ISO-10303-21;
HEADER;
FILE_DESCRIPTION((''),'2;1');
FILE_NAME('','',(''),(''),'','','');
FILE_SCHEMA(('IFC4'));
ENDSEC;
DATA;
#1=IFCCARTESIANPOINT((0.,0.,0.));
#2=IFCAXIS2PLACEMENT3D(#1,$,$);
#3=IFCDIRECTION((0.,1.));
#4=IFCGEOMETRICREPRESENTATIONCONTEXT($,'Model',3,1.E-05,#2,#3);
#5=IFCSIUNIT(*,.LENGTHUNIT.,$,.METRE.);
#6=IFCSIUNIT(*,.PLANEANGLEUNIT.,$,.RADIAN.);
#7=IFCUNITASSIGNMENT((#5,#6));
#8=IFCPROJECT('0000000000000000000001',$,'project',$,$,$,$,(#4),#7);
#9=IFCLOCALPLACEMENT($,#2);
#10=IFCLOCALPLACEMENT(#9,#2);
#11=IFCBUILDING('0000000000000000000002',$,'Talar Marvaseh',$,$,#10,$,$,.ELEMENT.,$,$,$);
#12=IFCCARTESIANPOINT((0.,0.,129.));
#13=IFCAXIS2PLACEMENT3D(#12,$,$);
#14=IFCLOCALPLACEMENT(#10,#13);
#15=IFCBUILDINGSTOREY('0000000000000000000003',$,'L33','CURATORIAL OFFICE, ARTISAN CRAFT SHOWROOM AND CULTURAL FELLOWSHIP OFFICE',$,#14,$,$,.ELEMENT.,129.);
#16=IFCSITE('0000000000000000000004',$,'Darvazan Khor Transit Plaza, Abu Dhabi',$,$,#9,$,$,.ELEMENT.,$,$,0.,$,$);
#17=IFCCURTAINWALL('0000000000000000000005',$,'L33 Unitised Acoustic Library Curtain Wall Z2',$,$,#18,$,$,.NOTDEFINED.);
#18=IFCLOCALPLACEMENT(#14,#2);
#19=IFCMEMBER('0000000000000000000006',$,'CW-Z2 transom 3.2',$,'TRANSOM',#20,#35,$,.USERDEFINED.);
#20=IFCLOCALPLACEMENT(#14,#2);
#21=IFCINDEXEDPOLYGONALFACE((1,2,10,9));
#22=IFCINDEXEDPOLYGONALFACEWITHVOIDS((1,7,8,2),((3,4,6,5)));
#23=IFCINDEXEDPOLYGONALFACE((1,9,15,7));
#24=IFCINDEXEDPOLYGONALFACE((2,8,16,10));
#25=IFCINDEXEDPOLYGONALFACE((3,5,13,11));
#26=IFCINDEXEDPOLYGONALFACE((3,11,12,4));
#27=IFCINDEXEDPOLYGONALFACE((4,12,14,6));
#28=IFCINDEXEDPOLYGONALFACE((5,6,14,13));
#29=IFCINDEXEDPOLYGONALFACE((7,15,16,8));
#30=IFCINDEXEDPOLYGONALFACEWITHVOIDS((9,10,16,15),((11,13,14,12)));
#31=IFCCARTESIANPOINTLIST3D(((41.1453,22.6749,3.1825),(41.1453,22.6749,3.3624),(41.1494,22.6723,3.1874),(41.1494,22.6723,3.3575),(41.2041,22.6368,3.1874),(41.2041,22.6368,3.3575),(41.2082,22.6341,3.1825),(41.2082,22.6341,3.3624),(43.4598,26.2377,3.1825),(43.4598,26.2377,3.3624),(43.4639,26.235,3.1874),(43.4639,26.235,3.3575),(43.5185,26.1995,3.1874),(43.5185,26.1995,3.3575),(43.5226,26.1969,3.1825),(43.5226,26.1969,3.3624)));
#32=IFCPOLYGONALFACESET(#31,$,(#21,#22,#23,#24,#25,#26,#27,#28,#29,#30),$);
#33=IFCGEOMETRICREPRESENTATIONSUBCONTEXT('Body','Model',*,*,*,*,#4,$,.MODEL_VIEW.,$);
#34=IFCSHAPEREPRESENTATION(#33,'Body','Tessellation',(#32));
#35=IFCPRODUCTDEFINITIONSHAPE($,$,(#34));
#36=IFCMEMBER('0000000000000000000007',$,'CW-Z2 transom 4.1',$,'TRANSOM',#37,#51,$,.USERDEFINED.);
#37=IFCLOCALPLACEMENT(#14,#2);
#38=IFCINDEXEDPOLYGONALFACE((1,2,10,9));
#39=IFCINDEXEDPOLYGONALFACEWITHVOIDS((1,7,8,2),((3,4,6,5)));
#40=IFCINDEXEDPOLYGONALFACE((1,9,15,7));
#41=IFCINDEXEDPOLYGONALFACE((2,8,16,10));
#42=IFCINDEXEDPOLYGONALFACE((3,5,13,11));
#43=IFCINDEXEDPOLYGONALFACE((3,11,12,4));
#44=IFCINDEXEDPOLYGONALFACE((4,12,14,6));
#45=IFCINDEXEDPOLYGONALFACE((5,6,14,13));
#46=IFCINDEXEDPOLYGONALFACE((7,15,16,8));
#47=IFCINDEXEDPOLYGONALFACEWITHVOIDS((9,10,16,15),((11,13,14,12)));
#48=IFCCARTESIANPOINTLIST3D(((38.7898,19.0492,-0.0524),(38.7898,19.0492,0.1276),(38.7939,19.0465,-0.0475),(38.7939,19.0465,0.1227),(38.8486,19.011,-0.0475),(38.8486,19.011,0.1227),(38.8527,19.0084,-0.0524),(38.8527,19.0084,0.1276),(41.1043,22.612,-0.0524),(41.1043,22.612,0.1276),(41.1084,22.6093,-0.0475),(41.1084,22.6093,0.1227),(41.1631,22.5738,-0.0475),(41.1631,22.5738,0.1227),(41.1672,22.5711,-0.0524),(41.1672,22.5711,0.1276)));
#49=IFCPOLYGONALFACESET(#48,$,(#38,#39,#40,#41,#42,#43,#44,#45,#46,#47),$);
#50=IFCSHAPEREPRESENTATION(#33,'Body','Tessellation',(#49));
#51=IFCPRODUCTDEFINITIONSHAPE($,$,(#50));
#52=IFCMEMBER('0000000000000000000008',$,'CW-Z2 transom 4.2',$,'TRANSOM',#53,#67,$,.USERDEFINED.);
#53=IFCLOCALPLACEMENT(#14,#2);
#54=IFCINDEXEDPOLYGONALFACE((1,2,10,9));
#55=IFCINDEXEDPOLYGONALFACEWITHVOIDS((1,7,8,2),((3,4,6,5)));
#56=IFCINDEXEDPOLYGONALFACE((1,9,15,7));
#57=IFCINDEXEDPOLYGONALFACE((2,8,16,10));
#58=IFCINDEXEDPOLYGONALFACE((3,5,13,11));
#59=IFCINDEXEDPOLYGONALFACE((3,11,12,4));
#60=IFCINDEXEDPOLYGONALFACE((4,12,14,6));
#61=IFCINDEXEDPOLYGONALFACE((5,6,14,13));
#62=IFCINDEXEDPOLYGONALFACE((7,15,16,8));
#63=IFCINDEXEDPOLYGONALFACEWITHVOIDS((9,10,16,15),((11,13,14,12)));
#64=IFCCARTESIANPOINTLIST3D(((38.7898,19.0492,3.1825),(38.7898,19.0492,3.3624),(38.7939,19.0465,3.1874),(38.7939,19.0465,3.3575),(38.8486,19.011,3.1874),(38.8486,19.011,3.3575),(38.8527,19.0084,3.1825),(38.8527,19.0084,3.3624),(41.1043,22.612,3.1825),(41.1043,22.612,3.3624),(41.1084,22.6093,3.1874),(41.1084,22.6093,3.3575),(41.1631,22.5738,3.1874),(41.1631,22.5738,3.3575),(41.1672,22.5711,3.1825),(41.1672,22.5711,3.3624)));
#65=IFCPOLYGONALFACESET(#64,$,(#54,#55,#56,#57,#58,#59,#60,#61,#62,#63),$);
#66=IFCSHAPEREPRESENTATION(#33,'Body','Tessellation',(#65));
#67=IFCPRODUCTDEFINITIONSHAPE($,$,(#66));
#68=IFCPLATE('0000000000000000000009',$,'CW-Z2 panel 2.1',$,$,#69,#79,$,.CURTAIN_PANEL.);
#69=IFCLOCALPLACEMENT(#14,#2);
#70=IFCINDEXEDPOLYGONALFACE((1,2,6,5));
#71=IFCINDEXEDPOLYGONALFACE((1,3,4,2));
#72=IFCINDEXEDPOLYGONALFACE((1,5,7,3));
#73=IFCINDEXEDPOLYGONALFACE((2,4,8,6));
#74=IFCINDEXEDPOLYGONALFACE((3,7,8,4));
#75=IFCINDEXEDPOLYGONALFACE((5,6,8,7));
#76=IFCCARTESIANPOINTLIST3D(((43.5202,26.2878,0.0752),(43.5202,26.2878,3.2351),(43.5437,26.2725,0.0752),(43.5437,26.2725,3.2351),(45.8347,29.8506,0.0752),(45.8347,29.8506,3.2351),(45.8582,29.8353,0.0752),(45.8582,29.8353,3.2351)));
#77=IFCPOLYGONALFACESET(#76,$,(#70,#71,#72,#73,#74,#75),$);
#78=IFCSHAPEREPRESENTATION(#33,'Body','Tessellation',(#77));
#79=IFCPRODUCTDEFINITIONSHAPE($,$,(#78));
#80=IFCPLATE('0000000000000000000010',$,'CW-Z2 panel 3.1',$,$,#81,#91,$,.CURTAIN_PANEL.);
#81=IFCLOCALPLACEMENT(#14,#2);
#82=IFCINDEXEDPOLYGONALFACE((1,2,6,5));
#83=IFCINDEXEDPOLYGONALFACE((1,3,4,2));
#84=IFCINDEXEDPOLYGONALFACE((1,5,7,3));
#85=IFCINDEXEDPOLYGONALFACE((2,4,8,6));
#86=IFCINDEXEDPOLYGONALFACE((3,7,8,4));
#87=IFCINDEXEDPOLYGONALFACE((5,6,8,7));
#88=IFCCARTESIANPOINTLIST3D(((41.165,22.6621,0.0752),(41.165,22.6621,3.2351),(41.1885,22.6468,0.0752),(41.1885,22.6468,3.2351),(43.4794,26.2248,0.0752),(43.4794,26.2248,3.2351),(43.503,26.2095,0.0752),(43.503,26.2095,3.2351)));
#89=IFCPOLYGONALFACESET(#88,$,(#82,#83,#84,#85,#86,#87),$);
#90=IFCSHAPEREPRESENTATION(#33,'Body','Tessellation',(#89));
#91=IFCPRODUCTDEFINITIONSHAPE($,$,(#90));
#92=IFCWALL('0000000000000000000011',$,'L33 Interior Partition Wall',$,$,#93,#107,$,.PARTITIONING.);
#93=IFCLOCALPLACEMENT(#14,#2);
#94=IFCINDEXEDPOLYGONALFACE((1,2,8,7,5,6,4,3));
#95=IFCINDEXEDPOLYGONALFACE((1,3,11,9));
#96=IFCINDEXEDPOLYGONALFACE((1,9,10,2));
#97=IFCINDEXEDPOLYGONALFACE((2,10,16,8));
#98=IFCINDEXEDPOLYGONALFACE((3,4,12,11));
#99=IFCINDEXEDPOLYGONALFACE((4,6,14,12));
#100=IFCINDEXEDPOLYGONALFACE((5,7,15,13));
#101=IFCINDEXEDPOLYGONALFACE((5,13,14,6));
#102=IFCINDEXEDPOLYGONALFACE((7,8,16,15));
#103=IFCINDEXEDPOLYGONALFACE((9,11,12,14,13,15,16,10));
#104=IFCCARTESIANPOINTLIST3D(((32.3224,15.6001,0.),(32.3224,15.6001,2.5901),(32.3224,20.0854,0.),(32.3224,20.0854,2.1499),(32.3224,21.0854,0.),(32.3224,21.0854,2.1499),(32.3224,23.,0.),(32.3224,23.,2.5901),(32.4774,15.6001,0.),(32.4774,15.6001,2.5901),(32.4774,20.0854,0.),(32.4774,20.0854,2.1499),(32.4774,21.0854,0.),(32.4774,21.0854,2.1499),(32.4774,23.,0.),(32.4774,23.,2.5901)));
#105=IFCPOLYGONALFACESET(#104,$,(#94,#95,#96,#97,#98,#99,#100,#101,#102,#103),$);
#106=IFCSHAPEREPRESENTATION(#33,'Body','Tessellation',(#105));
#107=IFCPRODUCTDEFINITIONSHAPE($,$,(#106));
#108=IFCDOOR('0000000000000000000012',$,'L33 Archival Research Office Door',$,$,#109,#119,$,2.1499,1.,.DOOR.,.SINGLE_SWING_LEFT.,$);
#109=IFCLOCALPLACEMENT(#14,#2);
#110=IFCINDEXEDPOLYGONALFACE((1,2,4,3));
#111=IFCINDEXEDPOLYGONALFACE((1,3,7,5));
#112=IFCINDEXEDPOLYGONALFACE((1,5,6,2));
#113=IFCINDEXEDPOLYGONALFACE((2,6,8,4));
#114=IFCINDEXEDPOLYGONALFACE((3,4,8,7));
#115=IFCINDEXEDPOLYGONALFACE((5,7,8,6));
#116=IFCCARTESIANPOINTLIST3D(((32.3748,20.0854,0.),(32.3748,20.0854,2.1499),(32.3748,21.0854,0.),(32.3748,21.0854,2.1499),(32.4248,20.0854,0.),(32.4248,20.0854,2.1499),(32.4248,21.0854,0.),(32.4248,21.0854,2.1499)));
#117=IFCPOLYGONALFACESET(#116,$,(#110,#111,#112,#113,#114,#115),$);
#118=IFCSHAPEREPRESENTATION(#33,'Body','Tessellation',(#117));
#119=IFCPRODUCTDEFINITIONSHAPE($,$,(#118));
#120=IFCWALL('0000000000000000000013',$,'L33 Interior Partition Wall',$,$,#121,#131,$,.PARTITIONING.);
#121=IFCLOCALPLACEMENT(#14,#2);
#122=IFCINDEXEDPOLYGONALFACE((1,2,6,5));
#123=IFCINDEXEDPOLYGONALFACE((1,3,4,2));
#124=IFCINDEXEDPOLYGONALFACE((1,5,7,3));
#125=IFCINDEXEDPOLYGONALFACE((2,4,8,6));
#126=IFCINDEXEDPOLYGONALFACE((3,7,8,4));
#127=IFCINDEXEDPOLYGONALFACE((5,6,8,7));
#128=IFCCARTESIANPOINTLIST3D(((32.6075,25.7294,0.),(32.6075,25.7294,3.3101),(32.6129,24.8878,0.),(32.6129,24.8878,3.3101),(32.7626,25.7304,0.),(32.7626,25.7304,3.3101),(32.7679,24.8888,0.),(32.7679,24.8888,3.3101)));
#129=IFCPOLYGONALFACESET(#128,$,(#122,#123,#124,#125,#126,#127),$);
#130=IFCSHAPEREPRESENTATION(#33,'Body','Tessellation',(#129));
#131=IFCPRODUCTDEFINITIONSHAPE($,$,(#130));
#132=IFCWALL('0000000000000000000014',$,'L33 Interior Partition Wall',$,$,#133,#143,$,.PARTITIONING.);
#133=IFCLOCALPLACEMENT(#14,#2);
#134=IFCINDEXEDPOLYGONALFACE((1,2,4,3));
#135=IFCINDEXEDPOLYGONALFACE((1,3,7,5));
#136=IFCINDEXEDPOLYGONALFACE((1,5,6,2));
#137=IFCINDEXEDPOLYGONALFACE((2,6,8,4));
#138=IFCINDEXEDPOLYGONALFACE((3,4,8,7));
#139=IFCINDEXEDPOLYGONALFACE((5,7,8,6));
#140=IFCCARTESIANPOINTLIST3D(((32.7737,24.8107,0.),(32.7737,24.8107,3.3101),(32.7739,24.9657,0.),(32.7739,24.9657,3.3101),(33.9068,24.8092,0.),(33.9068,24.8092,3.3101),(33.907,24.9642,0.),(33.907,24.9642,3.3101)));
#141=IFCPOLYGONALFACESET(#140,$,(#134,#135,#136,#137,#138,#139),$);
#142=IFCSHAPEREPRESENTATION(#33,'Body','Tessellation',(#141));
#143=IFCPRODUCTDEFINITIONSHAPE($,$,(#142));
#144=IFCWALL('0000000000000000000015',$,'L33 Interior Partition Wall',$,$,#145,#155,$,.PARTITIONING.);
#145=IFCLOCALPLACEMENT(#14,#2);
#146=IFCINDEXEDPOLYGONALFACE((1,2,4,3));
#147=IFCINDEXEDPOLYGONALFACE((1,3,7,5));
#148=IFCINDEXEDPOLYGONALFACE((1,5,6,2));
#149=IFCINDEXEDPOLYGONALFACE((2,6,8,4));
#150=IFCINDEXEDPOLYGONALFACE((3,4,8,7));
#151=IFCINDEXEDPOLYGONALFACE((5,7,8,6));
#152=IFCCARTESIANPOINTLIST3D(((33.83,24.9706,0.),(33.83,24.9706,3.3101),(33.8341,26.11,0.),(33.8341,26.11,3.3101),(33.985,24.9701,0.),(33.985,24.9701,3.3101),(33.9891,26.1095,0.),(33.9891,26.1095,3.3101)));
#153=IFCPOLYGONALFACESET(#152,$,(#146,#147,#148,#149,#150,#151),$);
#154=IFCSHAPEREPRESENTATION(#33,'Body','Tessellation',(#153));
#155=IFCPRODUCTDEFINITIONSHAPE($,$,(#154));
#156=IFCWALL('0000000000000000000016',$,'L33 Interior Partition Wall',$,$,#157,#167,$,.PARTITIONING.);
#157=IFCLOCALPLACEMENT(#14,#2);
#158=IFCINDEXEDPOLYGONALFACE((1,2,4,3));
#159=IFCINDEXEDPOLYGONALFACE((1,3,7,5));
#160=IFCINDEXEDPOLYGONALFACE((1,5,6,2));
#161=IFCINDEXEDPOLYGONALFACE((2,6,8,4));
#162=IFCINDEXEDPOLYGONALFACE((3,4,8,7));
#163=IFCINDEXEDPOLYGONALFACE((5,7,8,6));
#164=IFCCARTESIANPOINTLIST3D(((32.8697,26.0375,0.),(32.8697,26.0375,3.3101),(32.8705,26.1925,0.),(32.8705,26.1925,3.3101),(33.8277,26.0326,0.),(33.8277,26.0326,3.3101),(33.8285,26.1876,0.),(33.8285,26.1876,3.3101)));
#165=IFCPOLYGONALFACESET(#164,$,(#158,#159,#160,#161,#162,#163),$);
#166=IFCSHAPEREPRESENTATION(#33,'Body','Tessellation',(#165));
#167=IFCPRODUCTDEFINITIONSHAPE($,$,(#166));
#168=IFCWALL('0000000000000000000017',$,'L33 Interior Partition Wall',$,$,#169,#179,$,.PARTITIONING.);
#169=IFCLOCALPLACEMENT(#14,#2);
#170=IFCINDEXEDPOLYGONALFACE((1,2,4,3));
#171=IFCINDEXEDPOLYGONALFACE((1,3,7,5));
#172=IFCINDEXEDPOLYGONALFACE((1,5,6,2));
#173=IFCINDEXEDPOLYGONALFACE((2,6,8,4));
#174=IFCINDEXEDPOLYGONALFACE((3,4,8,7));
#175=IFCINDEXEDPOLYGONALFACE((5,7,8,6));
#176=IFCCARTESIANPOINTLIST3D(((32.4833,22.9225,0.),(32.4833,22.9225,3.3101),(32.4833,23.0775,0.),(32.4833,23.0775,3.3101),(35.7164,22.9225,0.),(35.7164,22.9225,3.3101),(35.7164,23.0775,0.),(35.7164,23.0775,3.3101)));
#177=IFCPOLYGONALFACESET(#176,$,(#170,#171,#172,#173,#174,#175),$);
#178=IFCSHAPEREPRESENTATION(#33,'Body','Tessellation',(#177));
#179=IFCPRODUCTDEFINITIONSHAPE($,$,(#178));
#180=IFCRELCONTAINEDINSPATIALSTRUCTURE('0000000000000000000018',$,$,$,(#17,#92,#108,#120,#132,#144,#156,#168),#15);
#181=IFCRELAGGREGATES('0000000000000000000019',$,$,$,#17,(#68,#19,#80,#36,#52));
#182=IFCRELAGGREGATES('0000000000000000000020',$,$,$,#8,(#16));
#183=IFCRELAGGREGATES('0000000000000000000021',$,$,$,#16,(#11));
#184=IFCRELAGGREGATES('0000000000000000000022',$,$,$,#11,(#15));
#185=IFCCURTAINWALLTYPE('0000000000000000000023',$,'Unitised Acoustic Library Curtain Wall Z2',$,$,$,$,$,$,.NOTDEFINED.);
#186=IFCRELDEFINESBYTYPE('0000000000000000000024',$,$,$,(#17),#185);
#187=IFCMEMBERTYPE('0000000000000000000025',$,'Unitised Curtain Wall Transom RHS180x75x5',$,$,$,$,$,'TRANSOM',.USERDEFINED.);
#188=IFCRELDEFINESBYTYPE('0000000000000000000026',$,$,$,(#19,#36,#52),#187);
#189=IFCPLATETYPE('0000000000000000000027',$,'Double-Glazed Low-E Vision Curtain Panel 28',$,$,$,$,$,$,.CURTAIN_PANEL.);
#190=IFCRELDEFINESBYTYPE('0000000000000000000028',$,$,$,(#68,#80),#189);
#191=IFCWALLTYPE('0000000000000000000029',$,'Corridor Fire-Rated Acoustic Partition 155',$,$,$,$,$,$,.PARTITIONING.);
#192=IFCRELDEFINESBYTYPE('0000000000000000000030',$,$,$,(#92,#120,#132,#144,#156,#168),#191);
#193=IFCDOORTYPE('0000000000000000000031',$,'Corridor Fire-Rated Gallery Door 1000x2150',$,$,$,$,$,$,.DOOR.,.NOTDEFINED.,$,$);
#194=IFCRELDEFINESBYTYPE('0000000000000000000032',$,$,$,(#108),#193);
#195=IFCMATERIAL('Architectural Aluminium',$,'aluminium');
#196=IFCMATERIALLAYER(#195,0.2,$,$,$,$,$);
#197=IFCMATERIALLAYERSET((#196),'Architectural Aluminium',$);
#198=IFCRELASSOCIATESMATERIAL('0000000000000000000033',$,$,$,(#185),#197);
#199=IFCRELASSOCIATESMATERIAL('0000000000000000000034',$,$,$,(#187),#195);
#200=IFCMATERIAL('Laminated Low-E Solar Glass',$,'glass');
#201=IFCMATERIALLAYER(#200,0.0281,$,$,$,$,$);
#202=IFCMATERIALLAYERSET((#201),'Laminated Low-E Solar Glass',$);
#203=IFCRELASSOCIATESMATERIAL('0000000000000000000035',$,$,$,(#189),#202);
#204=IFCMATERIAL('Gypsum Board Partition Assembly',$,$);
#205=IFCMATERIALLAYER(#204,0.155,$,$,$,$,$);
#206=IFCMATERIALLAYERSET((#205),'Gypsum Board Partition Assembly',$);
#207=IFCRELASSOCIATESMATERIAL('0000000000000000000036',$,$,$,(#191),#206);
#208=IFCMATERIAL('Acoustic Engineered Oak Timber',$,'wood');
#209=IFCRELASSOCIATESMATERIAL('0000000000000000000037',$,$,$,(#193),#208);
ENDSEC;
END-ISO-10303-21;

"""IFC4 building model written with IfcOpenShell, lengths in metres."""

from ifc_helpers import new_model, si_unit, direction, frame, frame_2d, origin, origin_2d, place, context, subcontext, project, spatial, rectangle, hollow_rectangle, extrude, source, transform, mapped, material, layer, layer_set, material_profile, profile_set, type_object, type_shapes, element, fill, aggregate, save


model = new_model("IFC4")

# Units and contexts
model_context = context("Model", 3, precision=1e-05, world=origin(), true_north=direction((0.0, 1.0)))
body_context = subcontext(model_context, "Body", "Model", "MODEL_VIEW")
ifc_project = project(units=[si_unit("LENGTHUNIT", "METRE"), si_unit("PLANEANGLEUNIT", "RADIAN")], contexts=[model_context])

# Site, building, storey
site_placement = place(None, origin())
site = spatial("IfcSite", under=ifc_project, at=site_placement, Name="Darvazan Khor Transit Plaza, Abu Dhabi", CompositionType="ELEMENT", RefElevation=0.0)
building_placement = place(site_placement, origin())
building = spatial("IfcBuilding", under=site, at=building_placement, Name="Talar Marvaseh", CompositionType="ELEMENT")
storey_placement = place(building_placement, frame((0.0, 0.0, 129.0)))
storey = spatial("IfcBuildingStorey", under=building, at=storey_placement, Name="L33", Description="CURATORIAL OFFICE, ARTISAN CRAFT SHOWROOM AND CULTURAL FELLOWSHIP OFFICE", CompositionType="ELEMENT", Elevation=129.0)

# Curtain wall, members, plates
ifc_material_1 = material(Name="Architectural Aluminium", Category="aluminium")
ifc_layer_1 = layer(ifc_material_1, 0.2)
ifc_layer_set_1 = layer_set([ifc_layer_1], Name="Architectural Aluminium")
curtain_wall_type = type_object("IfcCurtainWallType", Name="Unitised Acoustic Library Curtain Wall Z2", PredefinedType="NOTDEFINED", material=ifc_layer_set_1)
curtain_wall_placement = place(storey_placement, origin())
curtain_wall = element("IfcCurtainWall", 1, at=curtain_wall_placement, inside=storey, type_object=curtain_wall_type, Name="L33 Unitised Acoustic Library Curtain Wall Z2", PredefinedType="NOTDEFINED")
ifc_material_profile_1 = material_profile(ifc_material_1, hollow_rectangle(XDim=0.075, YDim=0.1799, WallThickness=0.0049, at=origin_2d()), Name="RHS180x75x5")
ifc_profile_set_1 = profile_set([ifc_material_profile_1], Name="Architectural Aluminium")
member_type_1 = type_object("IfcMemberType", Name="Unitised Curtain Wall Transom RHS180x75x5", ElementType="TRANSOM", PredefinedType="USERDEFINED", material=ifc_profile_set_1)
shared_shape_1 = source(origin(), body_context, "Body", "SweptSolid", [
    extrude(hollow_rectangle(XDim=0.075, YDim=0.1799, WallThickness=0.0049, at=origin_2d()), origin(), (0.0, 0.0, 1.0), 4.2485),
])
type_shapes(member_type_1, [shared_shape_1])
member_1_placement = place(storey_placement, frame((43.4912, 26.2173, 3.2725), z_axis=(-0.544768, -0.838587, 0.0), x_axis=(0.838587, -0.544768, 0.0)))
member_1 = element("IfcMember", 2, at=member_1_placement, type_object=member_type_1, Name="CW-Z2 transom 3.2", ObjectType="TRANSOM", PredefinedType="USERDEFINED", context=body_context, shape_type="MappedRepresentation", body=[
    mapped(shared_shape_1, transform((0.0, 0.0, 0.0), x_axis=(1.0, 0.0, 0.0), y_axis=(0.0, 1.0, 0.0), z_axis=(0.0, 0.0, 1.0), scale=1.0)),
])
member_2_placement = place(storey_placement, frame((41.1357, 22.5916, 0.0376), z_axis=(-0.544768, -0.838587, 0.0), x_axis=(0.838587, -0.544768, 0.0)))
member_2 = element("IfcMember", 3, at=member_2_placement, type_object=member_type_1, Name="CW-Z2 transom 4.1", ObjectType="TRANSOM", PredefinedType="USERDEFINED", context=body_context, shape_type="MappedRepresentation", body=[
    mapped(shared_shape_1, transform((0.0, 0.0, 0.0), x_axis=(1.0, 0.0, 0.0), y_axis=(0.0, 1.0, 0.0), z_axis=(0.0, 0.0, 1.0), scale=1.0)),
])
member_3_placement = place(storey_placement, frame((41.1357, 22.5916, 3.2725), z_axis=(-0.544768, -0.838587, 0.0), x_axis=(0.838587, -0.544768, 0.0)))
member_3 = element("IfcMember", 4, at=member_3_placement, type_object=member_type_1, Name="CW-Z2 transom 4.2", ObjectType="TRANSOM", PredefinedType="USERDEFINED", context=body_context, shape_type="MappedRepresentation", body=[
    mapped(shared_shape_1, transform((0.0, 0.0, 0.0), x_axis=(1.0, 0.0, 0.0), y_axis=(0.0, 1.0, 0.0), z_axis=(0.0, 0.0, 1.0), scale=1.0)),
])
ifc_material_2 = material(Name="Laminated Low-E Solar Glass", Category="glass")
ifc_layer_2 = layer(ifc_material_2, 0.0281)
ifc_layer_set_2 = layer_set([ifc_layer_2], Name="Laminated Low-E Solar Glass")
plate_type = type_object("IfcPlateType", Name="Double-Glazed Low-E Vision Curtain Panel 28", PredefinedType="CURTAIN_PANEL", material=ifc_layer_set_2)
shared_shape_2 = source(origin(), body_context, "Body", "SweptSolid", [
    extrude(rectangle(XDim=4.2485, YDim=0.0281, at=origin_2d()), origin(), (0.0, 0.0, 1.0), 3.1599),
])
type_shapes(plate_type, [shared_shape_2])
plate_1_placement = place(storey_placement, frame((44.6892, 28.0615, 0.0752), z_axis=(0.0, 0.0, 1.0), x_axis=(-0.544769, -0.838586, 0.0)))
plate_1 = element("IfcPlate", 5, at=plate_1_placement, type_object=plate_type, Name="CW-Z2 panel 2.1", PredefinedType="CURTAIN_PANEL", context=body_context, shape_type="MappedRepresentation", body=[
    mapped(shared_shape_2, transform((0.0, 0.0, 0.0), x_axis=(1.0, 0.0, 0.0), y_axis=(0.0, 1.0, 0.0), z_axis=(0.0, 0.0, 1.0), scale=1.0)),
])
plate_2_placement = place(storey_placement, frame((42.334, 24.4358, 0.0752), z_axis=(0.0, 0.0, 1.0), x_axis=(-0.544769, -0.838586, 0.0)))
plate_2 = element("IfcPlate", 6, at=plate_2_placement, type_object=plate_type, Name="CW-Z2 panel 3.1", PredefinedType="CURTAIN_PANEL", context=body_context, shape_type="MappedRepresentation", body=[
    mapped(shared_shape_2, transform((0.0, 0.0, 0.0), x_axis=(1.0, 0.0, 0.0), y_axis=(0.0, 1.0, 0.0), z_axis=(0.0, 0.0, 1.0), scale=1.0)),
])
aggregate(curtain_wall, [plate_1, member_1, plate_2, member_2, member_3])

# Wall, opening, door
ifc_material_3 = material(Name="Gypsum Board Partition Assembly")
ifc_layer_3 = layer(ifc_material_3, 0.155)
ifc_layer_set_3 = layer_set([ifc_layer_3], Name="Gypsum Board Partition Assembly")
wall_type_1 = type_object("IfcWallType", Name="Corridor Fire-Rated Acoustic Partition 155", PredefinedType="PARTITIONING", material=ifc_layer_set_3)
wall_1_placement = place(storey_placement, frame((32.3999, 23.0, 0.0), z_axis=(0.0, 0.0, 1.0), x_axis=(0.0, -1.0, 0.0)))
wall_1 = element("IfcWall", 7, at=wall_1_placement, inside=storey, type_object=wall_type_1, Name="L33 Interior Partition Wall", PredefinedType="PARTITIONING", context=body_context, shape_type="SweptSolid", body=[
    extrude(rectangle(XDim=7.3999, YDim=0.155, at=frame_2d((3.7, 0.0))), origin(), (0.0, 0.0, 1.0), 2.5901),
])
opening_1_placement = place(wall_1_placement, frame((1.9146, 0.0, 0.0)))
opening_1 = element("IfcOpeningElement", 8, at=opening_1_placement, cuts=wall_1, PredefinedType="OPENING", context=body_context, shape_type="SweptSolid", body=[
    extrude(rectangle(XDim=1.0, YDim=2.1499, at=frame_2d((0.5, 1.075))), frame((0.0, 0.0874, 0.0), z_axis=(0.0, -1.0, 0.0), x_axis=(1.0, 0.0, 0.0)), (0.0, 0.0, 1.0), 0.175),
])
ifc_material_4 = material(Name="Acoustic Engineered Oak Timber", Category="wood")
door_type_1 = type_object("IfcDoorType", Name="Corridor Fire-Rated Gallery Door 1000x2150", OperationType="NOTDEFINED", PredefinedType="DOOR", material=ifc_material_4)
shared_shape_3 = source(origin(), body_context, "Body", "SweptSolid", [
    extrude(rectangle(XDim=1.0, YDim=2.1499, at=frame_2d((0.5, 1.075))), frame((0.0, 0.0249, 0.0), z_axis=(0.0, -1.0, 0.0), x_axis=(1.0, 0.0, 0.0)), (0.0, 0.0, 1.0), 0.05),
])
type_shapes(door_type_1, [shared_shape_3])
door_1_placement = place(opening_1_placement, origin())
door_1 = element("IfcDoor", 9, at=door_1_placement, inside=storey, type_object=door_type_1, Name="L33 Archival Research Office Door", OperationType="SINGLE_SWING_LEFT", OverallHeight=2.1499, OverallWidth=1.0, PredefinedType="DOOR", context=body_context, shape_type="MappedRepresentation", body=[
    mapped(shared_shape_3, transform((0.0, 0.0, 0.0), x_axis=(1.0, 0.0, 0.0), y_axis=(0.0, 1.0, 0.0), z_axis=(0.0, 0.0, 1.0), scale=1.0)),
])
fill(opening_1, door_1)

# Walls
wall_2_placement = place(storey_placement, frame((32.6851, 25.73, 0.0), z_axis=(0.0, 0.0, 1.0), x_axis=(0.006382, -0.99998, 0.0)))
element("IfcWall", 10, at=wall_2_placement, inside=storey, type_object=wall_type_1, Name="L33 Interior Partition Wall", PredefinedType="PARTITIONING", context=body_context, shape_type="SweptSolid", body=[
    extrude(rectangle(XDim=0.8416, YDim=0.155, at=frame_2d((0.4209, 0.0))), origin(), (0.0, 0.0, 1.0), 3.3101),
])
wall_3_placement = place(storey_placement, frame((32.7739, 24.8882, 0.0), z_axis=(0.0, 0.0, 1.0), x_axis=(0.999999, -0.001293, 0.0)))
element("IfcWall", 11, at=wall_3_placement, inside=storey, type_object=wall_type_1, Name="L33 Interior Partition Wall", PredefinedType="PARTITIONING", context=body_context, shape_type="SweptSolid", body=[
    extrude(rectangle(XDim=1.1331, YDim=0.155, at=frame_2d((0.5664, 0.0))), origin(), (0.0, 0.0, 1.0), 3.3101),
])
wall_4_placement = place(storey_placement, frame((33.9075, 24.9702, 0.0), z_axis=(0.0, 0.0, 1.0), x_axis=(0.003643, 0.999993, 0.0)))
element("IfcWall", 12, at=wall_4_placement, inside=storey, type_object=wall_type_1, Name="L33 Interior Partition Wall", PredefinedType="PARTITIONING", context=body_context, shape_type="SweptSolid", body=[
    extrude(rectangle(XDim=1.1394, YDim=0.155, at=frame_2d((0.5698, 0.0))), origin(), (0.0, 0.0, 1.0), 3.3101),
])
wall_5_placement = place(storey_placement, frame((33.8281, 26.1101, 0.0), z_axis=(0.0, 0.0, 1.0), x_axis=(-0.999987, 0.005097, 0.0)))
element("IfcWall", 13, at=wall_5_placement, inside=storey, type_object=wall_type_1, Name="L33 Interior Partition Wall", PredefinedType="PARTITIONING", context=body_context, shape_type="SweptSolid", body=[
    extrude(rectangle(XDim=0.958, YDim=0.155, at=frame_2d((0.479, 0.0))), origin(), (0.0, 0.0, 1.0), 3.3101),
])
wall_6_placement = place(storey_placement, frame((35.7166, 23.0, 0.0), z_axis=(0.0, 0.0, 1.0), x_axis=(-1.0, 0.0, 0.0)))
element("IfcWall", 14, at=wall_6_placement, inside=storey, type_object=wall_type_1, Name="L33 Interior Partition Wall", PredefinedType="PARTITIONING", context=body_context, shape_type="SweptSolid", body=[
    extrude(rectangle(XDim=3.2332, YDim=0.155, at=frame_2d((1.6167, 0.0))), origin(), (0.0, 0.0, 1.0), 3.3101),
])

save(model, "model.ifc")
